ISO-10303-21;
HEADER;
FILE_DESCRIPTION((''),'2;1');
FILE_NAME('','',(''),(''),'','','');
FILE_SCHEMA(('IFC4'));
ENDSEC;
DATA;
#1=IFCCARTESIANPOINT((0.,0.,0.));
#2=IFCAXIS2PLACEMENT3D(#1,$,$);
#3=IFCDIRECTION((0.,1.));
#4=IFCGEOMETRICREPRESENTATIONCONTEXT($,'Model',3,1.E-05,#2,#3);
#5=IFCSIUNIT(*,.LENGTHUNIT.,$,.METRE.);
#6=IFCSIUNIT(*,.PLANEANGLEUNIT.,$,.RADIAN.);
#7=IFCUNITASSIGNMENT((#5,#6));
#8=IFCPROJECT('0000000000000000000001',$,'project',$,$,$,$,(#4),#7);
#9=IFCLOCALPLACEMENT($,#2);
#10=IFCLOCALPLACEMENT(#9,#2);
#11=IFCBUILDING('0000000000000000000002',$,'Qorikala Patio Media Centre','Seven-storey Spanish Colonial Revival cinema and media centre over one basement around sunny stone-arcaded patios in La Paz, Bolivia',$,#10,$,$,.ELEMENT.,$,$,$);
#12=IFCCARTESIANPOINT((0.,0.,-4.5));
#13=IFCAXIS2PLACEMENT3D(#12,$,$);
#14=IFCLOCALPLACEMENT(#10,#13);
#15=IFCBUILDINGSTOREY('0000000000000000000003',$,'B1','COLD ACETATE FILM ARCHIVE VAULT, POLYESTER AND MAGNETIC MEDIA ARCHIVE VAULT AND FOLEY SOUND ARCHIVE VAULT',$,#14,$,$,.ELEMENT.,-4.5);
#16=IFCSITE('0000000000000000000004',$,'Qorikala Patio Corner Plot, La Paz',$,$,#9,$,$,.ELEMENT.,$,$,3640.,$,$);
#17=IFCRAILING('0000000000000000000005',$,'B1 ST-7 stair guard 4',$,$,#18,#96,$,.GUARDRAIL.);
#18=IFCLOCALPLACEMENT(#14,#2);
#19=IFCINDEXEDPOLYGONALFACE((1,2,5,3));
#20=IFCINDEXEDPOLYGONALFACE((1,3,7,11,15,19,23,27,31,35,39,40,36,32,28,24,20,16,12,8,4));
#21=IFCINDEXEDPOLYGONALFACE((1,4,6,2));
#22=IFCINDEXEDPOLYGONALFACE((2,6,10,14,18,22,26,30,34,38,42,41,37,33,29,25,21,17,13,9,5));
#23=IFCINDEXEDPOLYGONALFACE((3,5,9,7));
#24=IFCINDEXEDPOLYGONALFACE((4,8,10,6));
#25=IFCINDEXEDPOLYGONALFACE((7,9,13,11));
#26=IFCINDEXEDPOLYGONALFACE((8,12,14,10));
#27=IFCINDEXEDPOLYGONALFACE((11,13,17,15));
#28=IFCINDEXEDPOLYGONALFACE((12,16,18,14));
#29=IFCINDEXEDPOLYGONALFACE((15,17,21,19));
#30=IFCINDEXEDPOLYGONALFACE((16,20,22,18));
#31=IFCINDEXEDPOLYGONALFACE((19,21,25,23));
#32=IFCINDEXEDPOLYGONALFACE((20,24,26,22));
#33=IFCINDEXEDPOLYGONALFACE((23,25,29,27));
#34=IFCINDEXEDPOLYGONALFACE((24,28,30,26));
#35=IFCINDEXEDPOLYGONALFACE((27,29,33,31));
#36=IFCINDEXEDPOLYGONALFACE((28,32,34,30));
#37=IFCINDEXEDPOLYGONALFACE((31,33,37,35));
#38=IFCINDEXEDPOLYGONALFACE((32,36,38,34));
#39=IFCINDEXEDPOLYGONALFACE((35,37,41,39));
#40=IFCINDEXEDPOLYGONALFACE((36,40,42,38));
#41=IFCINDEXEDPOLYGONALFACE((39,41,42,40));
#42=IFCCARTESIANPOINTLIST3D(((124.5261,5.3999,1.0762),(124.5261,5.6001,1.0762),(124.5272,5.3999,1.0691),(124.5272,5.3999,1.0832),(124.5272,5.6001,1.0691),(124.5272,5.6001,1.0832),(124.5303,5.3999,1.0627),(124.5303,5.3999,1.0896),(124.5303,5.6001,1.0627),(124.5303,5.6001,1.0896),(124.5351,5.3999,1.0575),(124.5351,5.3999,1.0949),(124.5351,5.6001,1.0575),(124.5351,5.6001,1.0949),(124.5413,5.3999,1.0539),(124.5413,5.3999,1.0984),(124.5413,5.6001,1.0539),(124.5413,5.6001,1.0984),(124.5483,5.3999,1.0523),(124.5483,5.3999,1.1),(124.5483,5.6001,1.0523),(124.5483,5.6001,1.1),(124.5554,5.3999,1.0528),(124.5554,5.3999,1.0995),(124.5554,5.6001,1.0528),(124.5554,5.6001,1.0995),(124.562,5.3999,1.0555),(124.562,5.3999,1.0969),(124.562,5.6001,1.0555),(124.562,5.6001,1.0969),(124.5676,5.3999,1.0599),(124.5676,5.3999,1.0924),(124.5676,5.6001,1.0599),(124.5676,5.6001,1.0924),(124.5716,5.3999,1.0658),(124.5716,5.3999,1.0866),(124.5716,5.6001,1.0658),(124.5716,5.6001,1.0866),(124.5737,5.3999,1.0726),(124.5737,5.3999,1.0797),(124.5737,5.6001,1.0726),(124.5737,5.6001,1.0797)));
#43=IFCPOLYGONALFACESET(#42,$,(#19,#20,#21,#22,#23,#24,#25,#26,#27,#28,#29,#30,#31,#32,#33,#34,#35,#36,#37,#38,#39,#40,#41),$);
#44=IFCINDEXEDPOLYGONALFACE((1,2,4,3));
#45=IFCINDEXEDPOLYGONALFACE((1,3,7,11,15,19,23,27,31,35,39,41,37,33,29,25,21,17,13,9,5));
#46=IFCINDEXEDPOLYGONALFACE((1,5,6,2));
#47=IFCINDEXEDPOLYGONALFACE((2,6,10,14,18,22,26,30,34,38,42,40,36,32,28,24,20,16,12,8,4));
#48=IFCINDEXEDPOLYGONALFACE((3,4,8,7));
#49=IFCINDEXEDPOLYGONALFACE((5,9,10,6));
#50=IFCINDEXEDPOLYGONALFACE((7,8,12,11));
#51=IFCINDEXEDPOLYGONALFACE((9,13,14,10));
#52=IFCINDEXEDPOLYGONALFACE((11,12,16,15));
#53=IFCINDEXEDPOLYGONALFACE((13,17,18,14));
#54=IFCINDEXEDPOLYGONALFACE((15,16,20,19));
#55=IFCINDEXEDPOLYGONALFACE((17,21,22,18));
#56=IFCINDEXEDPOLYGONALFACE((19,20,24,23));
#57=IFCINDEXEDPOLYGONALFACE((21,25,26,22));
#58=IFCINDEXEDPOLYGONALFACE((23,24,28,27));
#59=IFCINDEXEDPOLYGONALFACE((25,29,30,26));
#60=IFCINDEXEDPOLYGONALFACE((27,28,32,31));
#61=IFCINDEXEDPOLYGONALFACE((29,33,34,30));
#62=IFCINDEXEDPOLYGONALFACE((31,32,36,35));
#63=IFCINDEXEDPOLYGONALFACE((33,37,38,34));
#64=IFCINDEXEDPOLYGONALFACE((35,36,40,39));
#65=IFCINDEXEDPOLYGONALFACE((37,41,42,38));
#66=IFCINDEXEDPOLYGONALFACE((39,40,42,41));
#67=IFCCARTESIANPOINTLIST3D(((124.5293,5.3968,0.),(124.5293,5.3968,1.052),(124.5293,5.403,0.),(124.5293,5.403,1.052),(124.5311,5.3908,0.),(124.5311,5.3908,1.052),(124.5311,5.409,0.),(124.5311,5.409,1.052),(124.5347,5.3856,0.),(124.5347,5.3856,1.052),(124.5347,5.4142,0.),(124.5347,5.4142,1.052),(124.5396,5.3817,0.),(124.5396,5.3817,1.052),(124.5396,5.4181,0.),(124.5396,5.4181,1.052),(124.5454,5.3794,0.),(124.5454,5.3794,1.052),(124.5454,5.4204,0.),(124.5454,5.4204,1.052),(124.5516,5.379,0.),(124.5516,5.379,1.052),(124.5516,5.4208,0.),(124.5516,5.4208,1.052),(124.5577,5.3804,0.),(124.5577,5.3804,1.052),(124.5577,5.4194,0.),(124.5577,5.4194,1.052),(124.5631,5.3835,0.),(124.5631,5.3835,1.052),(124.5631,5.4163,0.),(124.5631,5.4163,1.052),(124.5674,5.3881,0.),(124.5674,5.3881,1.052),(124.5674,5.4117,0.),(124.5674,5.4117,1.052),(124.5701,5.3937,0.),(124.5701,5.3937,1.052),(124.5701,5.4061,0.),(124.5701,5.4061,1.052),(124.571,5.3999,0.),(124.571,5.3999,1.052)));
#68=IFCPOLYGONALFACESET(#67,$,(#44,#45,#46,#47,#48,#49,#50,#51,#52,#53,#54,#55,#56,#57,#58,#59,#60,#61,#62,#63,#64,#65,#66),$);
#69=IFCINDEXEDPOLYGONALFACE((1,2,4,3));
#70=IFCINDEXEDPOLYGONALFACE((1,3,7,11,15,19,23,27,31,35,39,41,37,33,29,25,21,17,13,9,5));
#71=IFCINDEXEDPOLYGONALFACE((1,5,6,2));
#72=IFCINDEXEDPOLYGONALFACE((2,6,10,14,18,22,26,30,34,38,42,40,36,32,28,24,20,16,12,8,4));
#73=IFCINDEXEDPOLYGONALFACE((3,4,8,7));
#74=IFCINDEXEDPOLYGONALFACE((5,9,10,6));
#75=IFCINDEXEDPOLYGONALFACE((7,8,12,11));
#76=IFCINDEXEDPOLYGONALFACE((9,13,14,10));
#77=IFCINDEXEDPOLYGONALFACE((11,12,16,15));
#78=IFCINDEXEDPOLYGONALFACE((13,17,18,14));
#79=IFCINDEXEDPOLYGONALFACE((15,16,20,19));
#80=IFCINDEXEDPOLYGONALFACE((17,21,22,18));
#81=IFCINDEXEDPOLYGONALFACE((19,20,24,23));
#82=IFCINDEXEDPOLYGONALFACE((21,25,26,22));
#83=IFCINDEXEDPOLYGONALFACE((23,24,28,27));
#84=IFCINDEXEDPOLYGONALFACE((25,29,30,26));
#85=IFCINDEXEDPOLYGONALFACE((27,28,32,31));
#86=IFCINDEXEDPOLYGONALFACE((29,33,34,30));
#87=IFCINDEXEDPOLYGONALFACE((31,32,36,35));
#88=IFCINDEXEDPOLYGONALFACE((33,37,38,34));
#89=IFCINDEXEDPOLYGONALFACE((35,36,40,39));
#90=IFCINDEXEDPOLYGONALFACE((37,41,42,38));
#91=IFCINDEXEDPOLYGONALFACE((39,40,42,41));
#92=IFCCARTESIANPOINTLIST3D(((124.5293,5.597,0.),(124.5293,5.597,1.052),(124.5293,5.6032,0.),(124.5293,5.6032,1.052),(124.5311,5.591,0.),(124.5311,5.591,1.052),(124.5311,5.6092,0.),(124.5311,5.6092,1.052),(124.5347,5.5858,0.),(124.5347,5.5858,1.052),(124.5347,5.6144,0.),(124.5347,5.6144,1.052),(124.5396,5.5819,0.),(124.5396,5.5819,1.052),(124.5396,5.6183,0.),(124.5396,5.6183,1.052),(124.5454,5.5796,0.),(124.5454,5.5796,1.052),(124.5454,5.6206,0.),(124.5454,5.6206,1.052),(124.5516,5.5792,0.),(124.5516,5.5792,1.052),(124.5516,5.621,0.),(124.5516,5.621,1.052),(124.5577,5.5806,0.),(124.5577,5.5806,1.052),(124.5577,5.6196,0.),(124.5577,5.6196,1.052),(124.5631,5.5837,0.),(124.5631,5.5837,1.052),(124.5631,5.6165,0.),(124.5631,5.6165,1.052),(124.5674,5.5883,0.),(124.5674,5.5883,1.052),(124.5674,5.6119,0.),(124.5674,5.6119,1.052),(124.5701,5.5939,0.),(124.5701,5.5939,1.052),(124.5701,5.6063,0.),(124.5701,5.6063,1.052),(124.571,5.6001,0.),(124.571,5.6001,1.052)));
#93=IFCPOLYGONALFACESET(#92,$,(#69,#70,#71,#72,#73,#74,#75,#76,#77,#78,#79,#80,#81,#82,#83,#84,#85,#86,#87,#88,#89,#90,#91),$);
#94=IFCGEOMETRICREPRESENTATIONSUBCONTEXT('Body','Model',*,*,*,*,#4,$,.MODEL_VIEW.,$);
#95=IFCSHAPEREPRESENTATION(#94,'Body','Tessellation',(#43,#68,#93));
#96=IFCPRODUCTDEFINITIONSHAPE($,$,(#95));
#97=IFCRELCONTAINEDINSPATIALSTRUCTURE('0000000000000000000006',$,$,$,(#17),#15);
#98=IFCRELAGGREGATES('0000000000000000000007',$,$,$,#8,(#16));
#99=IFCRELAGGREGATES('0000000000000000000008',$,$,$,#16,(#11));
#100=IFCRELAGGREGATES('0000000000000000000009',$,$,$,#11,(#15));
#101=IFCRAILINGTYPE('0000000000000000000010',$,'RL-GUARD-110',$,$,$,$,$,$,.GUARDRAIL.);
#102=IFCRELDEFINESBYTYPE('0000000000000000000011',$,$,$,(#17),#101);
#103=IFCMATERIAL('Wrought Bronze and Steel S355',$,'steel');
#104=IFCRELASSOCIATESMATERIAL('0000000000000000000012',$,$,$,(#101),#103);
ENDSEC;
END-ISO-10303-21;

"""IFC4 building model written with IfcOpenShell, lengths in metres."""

from ifc_helpers import new_model, si_unit, direction, frame, origin, origin_2d, place, context, subcontext, project, spatial, circle, extrude, material, type_object, element, save


model = new_model("IFC4")

# Units and contexts
model_context = context("Model", 3, precision=1e-05, world=origin(), true_north=direction((0.0, 1.0)))
body_context = subcontext(model_context, "Body", "Model", "MODEL_VIEW")
ifc_project = project(units=[si_unit("LENGTHUNIT", "METRE"), si_unit("PLANEANGLEUNIT", "RADIAN")], contexts=[model_context])

# Site, building, storey
site_placement = place(None, origin())
site = spatial("IfcSite", under=ifc_project, at=site_placement, Name="Qorikala Patio Corner Plot, La Paz", CompositionType="ELEMENT", RefElevation=3640.0)
building_placement = place(site_placement, origin())
building = spatial("IfcBuilding", under=site, at=building_placement, Name="Qorikala Patio Media Centre", Description="Seven-storey Spanish Colonial Revival cinema and media centre over one basement around sunny stone-arcaded patios in La Paz, Bolivia", CompositionType="ELEMENT")
storey_placement = place(building_placement, frame((0.0, 0.0, -4.5)))
storey = spatial("IfcBuildingStorey", under=building, at=storey_placement, Name="B1", Description="COLD ACETATE FILM ARCHIVE VAULT, POLYESTER AND MAGNETIC MEDIA ARCHIVE VAULT AND FOLEY SOUND ARCHIVE VAULT", CompositionType="ELEMENT", Elevation=-4.5)

# Railing
ifc_material_1 = material(Name="Wrought Bronze and Steel S355", Category="steel")
railing_type_1 = type_object("IfcRailingType", Name="RL-GUARD-110", PredefinedType="GUARDRAIL", material=ifc_material_1)
railing_1_placement = place(storey_placement, frame((124.55, 5.3999, 0.0)))
element("IfcRailing", 1, at=railing_1_placement, inside=storey, type_object=railing_type_1, Name="B1 ST-7 stair guard 4", PredefinedType="GUARDRAIL", context=body_context, shape_type="SweptSolid", body=[
    extrude(circle(Radius=0.0239, at=origin_2d()), frame((0.0, 0.0, 1.0762), z_axis=(0.0, 1.0, 0.0), x_axis=(-1.0, 0.0, 0.0)), (0.0, 0.0, 1.0), 0.2002),
    extrude(circle(Radius=0.021, at=origin_2d()), origin(), (0.0, 0.0, 1.0), 1.052),
    extrude(circle(Radius=0.021, at=origin_2d()), frame((0.0, 0.2002, 0.0)), (0.0, 0.0, 1.0), 1.052),
])

save(model, "model.ifc")
